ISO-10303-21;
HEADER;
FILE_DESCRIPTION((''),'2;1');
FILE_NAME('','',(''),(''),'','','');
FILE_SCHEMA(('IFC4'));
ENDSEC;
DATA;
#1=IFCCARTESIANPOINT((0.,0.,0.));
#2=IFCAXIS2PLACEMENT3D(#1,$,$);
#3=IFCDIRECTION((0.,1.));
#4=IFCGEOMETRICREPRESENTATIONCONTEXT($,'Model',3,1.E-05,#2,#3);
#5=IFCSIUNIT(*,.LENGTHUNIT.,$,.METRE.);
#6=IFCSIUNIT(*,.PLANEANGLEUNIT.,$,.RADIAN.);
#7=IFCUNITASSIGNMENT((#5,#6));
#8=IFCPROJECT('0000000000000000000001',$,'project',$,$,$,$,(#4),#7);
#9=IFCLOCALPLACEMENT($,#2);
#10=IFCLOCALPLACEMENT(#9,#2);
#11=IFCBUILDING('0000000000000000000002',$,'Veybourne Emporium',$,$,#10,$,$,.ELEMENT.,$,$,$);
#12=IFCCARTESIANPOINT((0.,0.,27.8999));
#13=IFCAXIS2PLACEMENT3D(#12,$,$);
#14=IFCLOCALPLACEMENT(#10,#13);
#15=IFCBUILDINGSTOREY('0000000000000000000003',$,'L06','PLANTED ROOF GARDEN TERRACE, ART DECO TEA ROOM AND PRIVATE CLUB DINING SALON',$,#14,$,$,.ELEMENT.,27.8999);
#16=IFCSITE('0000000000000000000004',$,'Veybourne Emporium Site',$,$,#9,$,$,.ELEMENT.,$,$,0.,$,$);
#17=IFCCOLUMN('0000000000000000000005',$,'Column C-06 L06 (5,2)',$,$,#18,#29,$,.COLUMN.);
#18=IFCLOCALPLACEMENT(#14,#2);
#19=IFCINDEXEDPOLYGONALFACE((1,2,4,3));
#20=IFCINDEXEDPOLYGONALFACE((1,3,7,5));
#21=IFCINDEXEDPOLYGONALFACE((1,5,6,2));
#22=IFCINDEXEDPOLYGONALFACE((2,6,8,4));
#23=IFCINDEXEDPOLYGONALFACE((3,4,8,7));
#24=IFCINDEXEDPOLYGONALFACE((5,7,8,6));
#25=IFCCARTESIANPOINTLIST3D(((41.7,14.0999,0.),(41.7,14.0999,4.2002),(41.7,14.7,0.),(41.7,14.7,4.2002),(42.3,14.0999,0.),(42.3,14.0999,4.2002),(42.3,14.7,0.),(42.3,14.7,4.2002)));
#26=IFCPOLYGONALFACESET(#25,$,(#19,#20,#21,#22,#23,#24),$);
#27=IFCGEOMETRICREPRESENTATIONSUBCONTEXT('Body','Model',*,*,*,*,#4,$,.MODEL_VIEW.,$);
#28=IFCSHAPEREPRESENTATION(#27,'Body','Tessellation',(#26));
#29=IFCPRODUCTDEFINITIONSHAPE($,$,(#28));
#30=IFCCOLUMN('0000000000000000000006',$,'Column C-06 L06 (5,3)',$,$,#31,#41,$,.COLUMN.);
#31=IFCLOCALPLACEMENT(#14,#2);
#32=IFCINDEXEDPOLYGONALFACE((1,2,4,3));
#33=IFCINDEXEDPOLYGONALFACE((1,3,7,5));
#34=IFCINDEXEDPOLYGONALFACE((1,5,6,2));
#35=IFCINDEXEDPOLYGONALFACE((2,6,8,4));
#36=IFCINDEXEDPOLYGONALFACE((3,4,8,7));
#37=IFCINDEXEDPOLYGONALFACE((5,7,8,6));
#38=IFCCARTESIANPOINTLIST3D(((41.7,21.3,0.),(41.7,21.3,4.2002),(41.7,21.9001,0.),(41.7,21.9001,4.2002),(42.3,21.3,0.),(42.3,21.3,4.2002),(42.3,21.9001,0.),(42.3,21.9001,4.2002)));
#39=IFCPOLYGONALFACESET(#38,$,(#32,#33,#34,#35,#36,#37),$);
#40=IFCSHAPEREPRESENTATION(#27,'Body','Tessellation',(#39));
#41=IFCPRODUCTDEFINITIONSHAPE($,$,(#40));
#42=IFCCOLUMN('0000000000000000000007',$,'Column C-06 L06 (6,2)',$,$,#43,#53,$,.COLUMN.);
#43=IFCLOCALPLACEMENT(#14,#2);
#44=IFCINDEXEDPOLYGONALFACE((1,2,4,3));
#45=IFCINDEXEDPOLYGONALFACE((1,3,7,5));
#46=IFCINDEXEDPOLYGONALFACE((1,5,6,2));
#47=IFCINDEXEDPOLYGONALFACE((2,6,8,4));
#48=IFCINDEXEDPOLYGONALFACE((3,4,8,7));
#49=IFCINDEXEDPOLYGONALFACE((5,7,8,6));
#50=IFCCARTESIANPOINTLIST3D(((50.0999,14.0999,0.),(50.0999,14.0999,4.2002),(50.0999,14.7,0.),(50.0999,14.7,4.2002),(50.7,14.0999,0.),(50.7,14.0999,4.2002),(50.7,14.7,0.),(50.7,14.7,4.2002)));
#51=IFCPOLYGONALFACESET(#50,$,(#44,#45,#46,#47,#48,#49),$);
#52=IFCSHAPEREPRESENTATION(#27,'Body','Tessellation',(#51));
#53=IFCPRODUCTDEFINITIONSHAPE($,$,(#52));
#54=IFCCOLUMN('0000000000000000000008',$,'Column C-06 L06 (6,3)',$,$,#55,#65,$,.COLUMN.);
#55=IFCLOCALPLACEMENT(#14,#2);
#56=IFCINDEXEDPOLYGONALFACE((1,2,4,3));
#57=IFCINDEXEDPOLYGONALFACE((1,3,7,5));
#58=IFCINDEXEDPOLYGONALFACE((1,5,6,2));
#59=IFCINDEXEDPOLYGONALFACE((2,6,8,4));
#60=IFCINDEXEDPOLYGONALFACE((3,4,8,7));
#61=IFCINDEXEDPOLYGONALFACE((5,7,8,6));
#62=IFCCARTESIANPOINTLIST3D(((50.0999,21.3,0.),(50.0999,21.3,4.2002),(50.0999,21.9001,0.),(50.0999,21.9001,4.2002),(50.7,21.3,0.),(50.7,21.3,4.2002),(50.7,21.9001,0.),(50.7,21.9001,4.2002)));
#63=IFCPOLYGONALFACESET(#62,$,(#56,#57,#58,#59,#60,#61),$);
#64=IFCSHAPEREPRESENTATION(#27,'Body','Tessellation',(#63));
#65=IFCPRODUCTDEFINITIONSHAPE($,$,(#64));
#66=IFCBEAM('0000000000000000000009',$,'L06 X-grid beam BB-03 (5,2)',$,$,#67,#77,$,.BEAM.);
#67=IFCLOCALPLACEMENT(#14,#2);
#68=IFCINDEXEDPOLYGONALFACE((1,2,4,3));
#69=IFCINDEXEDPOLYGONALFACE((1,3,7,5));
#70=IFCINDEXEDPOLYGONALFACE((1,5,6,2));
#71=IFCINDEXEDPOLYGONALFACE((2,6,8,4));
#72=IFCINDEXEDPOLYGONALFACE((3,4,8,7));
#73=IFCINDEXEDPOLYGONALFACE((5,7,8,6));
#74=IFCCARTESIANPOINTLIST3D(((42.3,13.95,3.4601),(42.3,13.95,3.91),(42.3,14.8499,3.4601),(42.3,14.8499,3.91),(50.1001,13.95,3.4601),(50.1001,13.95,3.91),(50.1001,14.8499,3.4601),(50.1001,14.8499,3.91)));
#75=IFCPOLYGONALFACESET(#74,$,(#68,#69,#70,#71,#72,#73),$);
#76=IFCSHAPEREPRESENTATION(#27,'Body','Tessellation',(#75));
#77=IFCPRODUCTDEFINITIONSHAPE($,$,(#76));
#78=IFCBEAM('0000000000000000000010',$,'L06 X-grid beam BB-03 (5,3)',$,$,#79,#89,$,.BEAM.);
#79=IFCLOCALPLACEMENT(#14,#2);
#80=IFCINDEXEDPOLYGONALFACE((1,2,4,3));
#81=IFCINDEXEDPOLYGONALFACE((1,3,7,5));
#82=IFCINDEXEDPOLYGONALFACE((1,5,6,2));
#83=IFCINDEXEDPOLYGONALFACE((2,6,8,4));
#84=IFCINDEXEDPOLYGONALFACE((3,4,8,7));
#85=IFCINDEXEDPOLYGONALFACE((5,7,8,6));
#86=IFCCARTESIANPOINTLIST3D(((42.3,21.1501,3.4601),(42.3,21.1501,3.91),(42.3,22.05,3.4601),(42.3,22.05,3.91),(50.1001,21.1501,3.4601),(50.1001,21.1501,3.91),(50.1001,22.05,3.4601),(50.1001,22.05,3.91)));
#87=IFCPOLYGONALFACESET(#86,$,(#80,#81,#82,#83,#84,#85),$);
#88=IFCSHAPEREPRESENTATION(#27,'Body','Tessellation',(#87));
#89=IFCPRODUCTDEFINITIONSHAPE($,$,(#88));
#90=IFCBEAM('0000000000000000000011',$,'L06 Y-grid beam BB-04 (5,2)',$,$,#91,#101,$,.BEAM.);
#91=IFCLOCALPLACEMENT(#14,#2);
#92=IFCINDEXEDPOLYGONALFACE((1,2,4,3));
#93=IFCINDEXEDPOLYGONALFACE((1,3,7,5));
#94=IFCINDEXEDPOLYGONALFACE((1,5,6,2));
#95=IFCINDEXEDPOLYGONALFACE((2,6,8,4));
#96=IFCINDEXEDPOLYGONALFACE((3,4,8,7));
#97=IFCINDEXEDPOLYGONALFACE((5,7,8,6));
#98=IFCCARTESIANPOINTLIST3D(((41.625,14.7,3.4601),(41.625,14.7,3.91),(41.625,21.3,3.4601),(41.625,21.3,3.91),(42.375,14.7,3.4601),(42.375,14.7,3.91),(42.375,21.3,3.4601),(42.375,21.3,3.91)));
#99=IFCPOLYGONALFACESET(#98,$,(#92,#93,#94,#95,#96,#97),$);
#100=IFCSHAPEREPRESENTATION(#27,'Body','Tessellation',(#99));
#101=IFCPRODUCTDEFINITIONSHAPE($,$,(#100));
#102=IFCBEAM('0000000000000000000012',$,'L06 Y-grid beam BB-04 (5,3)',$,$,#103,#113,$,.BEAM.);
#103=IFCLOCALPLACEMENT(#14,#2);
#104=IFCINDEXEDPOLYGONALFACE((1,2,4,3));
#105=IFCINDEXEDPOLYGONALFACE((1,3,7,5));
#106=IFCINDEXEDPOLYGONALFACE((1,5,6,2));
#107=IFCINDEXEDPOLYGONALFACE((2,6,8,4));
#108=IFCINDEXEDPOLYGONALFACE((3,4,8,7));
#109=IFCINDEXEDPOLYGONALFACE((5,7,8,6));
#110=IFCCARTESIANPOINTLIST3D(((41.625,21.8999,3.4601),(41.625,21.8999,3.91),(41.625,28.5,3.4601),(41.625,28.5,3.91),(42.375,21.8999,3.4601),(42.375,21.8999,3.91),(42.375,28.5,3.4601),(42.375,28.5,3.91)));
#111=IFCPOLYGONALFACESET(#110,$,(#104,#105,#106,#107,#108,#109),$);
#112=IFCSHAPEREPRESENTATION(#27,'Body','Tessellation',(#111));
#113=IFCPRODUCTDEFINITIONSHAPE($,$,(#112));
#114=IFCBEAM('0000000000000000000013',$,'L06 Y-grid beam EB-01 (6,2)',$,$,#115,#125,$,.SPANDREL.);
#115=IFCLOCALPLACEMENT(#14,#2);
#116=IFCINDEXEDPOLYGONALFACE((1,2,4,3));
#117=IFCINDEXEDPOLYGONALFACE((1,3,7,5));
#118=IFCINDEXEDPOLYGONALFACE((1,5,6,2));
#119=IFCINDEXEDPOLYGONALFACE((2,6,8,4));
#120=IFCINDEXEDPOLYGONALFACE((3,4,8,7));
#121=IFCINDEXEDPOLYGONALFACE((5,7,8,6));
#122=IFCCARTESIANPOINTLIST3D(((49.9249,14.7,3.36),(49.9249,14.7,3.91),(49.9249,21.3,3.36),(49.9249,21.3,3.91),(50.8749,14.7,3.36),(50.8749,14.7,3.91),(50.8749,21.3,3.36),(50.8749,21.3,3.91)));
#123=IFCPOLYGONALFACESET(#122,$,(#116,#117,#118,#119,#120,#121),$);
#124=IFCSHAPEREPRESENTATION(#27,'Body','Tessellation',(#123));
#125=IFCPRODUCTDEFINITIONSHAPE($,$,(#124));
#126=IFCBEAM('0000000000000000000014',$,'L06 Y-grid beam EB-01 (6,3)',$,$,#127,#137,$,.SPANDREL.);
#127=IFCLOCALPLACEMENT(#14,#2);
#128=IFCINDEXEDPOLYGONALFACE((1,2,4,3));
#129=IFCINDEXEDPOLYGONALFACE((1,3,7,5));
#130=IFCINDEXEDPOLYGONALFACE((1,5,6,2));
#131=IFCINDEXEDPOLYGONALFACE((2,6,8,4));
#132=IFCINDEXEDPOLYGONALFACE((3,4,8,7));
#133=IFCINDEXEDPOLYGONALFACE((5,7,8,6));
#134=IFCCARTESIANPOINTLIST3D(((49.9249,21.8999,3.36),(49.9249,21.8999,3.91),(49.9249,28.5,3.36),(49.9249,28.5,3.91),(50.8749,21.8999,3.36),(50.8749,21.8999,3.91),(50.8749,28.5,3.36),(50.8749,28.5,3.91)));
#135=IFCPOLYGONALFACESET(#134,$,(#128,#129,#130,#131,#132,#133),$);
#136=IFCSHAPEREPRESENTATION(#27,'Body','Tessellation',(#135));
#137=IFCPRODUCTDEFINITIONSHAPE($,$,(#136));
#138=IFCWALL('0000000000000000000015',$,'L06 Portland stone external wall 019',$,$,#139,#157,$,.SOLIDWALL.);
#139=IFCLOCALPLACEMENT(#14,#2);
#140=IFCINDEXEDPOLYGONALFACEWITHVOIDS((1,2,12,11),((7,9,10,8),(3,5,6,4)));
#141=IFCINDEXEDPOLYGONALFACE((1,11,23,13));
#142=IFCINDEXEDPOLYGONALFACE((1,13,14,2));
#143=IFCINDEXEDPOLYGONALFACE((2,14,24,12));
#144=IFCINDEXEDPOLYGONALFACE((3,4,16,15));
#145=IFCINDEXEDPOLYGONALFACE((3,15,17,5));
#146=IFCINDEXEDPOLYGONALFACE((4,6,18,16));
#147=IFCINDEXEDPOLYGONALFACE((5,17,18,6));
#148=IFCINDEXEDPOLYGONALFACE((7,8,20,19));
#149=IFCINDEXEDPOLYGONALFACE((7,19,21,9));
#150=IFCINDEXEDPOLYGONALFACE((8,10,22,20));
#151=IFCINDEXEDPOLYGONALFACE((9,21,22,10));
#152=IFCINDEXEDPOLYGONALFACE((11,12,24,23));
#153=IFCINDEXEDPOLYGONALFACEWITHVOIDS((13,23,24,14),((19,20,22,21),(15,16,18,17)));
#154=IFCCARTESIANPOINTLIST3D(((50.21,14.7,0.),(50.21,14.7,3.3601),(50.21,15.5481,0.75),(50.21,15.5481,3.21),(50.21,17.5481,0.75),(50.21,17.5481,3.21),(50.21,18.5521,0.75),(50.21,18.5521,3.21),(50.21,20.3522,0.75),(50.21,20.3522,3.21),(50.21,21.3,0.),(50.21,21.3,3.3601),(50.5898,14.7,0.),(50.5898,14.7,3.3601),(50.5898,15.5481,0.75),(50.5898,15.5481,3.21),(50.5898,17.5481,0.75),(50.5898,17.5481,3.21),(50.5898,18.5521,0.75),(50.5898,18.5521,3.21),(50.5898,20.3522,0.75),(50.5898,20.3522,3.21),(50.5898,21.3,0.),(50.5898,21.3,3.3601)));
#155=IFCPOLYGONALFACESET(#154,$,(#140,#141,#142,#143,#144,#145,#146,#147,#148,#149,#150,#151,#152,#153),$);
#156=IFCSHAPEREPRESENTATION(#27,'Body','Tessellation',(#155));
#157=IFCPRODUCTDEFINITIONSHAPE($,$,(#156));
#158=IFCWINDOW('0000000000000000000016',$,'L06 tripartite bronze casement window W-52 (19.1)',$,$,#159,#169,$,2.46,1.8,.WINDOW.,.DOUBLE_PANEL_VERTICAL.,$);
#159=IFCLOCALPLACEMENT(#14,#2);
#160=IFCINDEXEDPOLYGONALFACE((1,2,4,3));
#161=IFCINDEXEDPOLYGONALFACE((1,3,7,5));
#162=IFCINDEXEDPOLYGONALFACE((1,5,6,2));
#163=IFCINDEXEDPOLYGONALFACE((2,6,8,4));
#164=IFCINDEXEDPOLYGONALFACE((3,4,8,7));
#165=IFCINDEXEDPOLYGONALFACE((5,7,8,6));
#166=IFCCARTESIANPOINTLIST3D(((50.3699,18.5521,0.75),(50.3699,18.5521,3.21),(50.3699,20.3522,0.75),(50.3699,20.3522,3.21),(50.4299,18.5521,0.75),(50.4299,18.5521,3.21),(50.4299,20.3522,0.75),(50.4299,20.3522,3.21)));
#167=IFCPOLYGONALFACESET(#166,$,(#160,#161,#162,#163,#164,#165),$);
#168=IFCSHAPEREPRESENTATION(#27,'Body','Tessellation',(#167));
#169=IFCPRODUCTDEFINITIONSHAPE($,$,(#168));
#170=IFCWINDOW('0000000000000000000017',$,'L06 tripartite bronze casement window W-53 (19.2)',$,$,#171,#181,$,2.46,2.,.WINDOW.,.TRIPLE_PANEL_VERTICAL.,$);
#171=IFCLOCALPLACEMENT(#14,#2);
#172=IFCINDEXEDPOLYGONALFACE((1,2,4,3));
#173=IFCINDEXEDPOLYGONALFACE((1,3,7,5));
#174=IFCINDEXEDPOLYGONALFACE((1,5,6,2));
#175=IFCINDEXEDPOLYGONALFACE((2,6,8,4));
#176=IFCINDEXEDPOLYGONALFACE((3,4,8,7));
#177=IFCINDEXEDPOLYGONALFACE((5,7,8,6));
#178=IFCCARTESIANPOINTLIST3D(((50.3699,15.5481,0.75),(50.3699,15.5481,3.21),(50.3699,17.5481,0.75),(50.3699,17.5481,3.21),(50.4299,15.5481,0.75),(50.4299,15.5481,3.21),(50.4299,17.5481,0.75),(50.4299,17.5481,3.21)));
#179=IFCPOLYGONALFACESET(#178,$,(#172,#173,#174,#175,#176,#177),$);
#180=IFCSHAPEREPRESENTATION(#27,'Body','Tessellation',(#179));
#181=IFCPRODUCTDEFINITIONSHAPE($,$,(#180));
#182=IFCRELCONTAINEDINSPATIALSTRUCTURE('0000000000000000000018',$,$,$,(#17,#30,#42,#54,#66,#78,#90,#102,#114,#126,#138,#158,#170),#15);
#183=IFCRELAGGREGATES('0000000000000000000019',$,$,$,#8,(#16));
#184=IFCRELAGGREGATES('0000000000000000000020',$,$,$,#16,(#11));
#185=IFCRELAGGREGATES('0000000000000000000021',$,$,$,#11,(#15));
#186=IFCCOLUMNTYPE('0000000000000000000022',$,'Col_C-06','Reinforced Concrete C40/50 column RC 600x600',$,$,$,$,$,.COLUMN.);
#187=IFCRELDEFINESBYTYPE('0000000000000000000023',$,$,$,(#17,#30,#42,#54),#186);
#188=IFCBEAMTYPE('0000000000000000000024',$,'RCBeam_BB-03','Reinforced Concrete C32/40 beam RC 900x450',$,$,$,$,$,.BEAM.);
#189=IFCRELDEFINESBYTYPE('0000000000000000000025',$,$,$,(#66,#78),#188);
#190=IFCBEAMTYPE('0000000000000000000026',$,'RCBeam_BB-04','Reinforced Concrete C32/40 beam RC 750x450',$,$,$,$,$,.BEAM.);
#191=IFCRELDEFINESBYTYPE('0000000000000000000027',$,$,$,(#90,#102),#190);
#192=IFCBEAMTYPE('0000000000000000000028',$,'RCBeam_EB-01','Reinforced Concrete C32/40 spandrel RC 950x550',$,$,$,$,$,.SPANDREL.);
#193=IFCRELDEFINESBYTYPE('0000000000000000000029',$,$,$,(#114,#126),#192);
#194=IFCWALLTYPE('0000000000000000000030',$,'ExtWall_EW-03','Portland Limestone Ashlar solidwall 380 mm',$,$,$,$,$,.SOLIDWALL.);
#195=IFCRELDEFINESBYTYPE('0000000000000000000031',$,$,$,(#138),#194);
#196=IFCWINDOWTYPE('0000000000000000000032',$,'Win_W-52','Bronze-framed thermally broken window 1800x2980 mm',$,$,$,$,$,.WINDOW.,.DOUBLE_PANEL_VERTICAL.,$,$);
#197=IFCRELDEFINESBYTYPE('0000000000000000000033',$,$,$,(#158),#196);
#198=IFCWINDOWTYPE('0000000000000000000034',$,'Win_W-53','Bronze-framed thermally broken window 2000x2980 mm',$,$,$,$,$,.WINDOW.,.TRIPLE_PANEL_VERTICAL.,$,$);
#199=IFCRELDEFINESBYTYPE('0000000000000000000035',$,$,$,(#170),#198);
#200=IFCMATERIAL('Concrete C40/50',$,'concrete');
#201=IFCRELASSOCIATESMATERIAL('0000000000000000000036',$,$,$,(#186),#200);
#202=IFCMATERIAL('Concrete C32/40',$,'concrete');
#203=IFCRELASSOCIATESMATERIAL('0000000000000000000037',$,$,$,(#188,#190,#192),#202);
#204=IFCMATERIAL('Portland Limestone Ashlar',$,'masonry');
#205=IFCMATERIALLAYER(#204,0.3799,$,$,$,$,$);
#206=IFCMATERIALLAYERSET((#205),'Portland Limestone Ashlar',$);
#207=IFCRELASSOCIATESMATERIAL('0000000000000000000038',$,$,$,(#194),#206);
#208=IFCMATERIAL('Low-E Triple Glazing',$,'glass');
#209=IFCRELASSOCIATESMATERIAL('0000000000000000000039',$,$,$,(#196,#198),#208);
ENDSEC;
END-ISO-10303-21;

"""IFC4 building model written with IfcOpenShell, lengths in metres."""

from ifc_helpers import new_model, si_unit, direction, frame, frame_2d, origin, origin_2d, place, context, subcontext, project, spatial, rectangle, extrude, material, layer, layer_set, material_profile, profile_set, type_object, element, fill, save


model = new_model("IFC4")

# Units and contexts
model_context = context("Model", 3, precision=1e-05, world=origin(), true_north=direction((0.0, 1.0)))
body_context = subcontext(model_context, "Body", "Model", "MODEL_VIEW")
ifc_project = project(units=[si_unit("LENGTHUNIT", "METRE"), si_unit("PLANEANGLEUNIT", "RADIAN")], contexts=[model_context])

# Site, building, storey
site_placement = place(None, origin())
site = spatial("IfcSite", under=ifc_project, at=site_placement, Name="Veybourne Emporium Site", CompositionType="ELEMENT", RefElevation=0.0)
building_placement = place(site_placement, origin())
building = spatial("IfcBuilding", under=site, at=building_placement, Name="Veybourne Emporium", CompositionType="ELEMENT")
storey_placement = place(building_placement, frame((0.0, 0.0, 27.8999)))
storey = spatial("IfcBuildingStorey", under=building, at=storey_placement, Name="L06", Description="PLANTED ROOF GARDEN TERRACE, ART DECO TEA ROOM AND PRIVATE CLUB DINING SALON", CompositionType="ELEMENT", Elevation=27.8999)

# Columns
ifc_material_1 = material(Name="Concrete C40/50", Category="concrete")
ifc_material_profile_1 = material_profile(ifc_material_1, rectangle(XDim=0.6001, YDim=0.6001, at=origin_2d()), Name="RC 600x600")
ifc_profile_set_1 = profile_set([ifc_material_profile_1], Name="Concrete C40/50")
column_type = type_object("IfcColumnType", Name="Col_C-06", Description="Reinforced Concrete C40/50 column RC 600x600", PredefinedType="COLUMN", material=ifc_profile_set_1)
for number, where, z_axis, x_axis, name in (
    (1, (42.0, 14.3999, 0.0), (0.0, 0.0, 1.0), (1.0, 0.0, 0.0), "Column C-06 L06 (5,2)"),
    (2, (42.0, 21.6001, 0.0), (0.0, 0.0, 1.0), (1.0, 0.0, 0.0), "Column C-06 L06 (5,3)"),
    (3, (50.3999, 14.3999, 0.0), (0.0, 0.0, 1.0), (1.0, 0.0, 0.0), "Column C-06 L06 (6,2)"),
    (4, (50.3999, 21.6001, 0.0), (0.0, 0.0, 1.0), (1.0, 0.0, 0.0), "Column C-06 L06 (6,3)"),
):
    element("IfcColumn", number, at=place(storey_placement, frame(where, z_axis=z_axis, x_axis=x_axis)), inside=storey, type_object=column_type, Name=name, PredefinedType="COLUMN", context=body_context, shape_type="SweptSolid", body=[
        extrude(rectangle(XDim=0.6001, YDim=0.6001, at=origin_2d()), origin(), (0.0, 0.0, 1.0), 4.2002),
    ])

# Beams
ifc_material_2 = material(Name="Concrete C32/40", Category="concrete")
ifc_material_profile_2 = material_profile(ifc_material_2, rectangle(XDim=0.8999, YDim=0.45, at=origin_2d()), Name="RC 900x450")
ifc_profile_set_2 = profile_set([ifc_material_profile_2], Name="Concrete C32/40")
beam_type_1 = type_object("IfcBeamType", Name="RCBeam_BB-03", Description="Reinforced Concrete C32/40 beam RC 900x450", PredefinedType="BEAM", material=ifc_profile_set_2)
for number, where, z_axis, x_axis, name in (
    (5, (42.3, 14.3999, 3.6851), (1.0, 0.0, 0.0), (0.0, 1.0, 0.0), "L06 X-grid beam BB-03 (5,2)"),
    (6, (42.3, 21.6001, 3.6851), (1.0, 0.0, 0.0), (0.0, 1.0, 0.0), "L06 X-grid beam BB-03 (5,3)"),
):
    element("IfcBeam", number, at=place(storey_placement, frame(where, z_axis=z_axis, x_axis=x_axis)), inside=storey, type_object=beam_type_1, Name=name, PredefinedType="BEAM", context=body_context, shape_type="SweptSolid", body=[
        extrude(rectangle(XDim=0.8999, YDim=0.45, at=origin_2d()), origin(), (0.0, 0.0, 1.0), 7.8),
    ])
ifc_material_profile_3 = material_profile(ifc_material_2, rectangle(XDim=0.75, YDim=0.45, at=origin_2d()), Name="RC 750x450")
ifc_profile_set_3 = profile_set([ifc_material_profile_3], Name="Concrete C32/40")
beam_type_2 = type_object("IfcBeamType", Name="RCBeam_BB-04", Description="Reinforced Concrete C32/40 beam RC 750x450", PredefinedType="BEAM", material=ifc_profile_set_3)
for number, where, z_axis, x_axis, name in (
    (7, (42.0, 14.7, 3.6851), (0.0, 1.0, 0.0), (-1.0, 0.0, 0.0), "L06 Y-grid beam BB-04 (5,2)"),
    (8, (42.0, 21.8999, 3.6851), (0.0, 1.0, 0.0), (-1.0, 0.0, 0.0), "L06 Y-grid beam BB-04 (5,3)"),
):
    element("IfcBeam", number, at=place(storey_placement, frame(where, z_axis=z_axis, x_axis=x_axis)), inside=storey, type_object=beam_type_2, Name=name, PredefinedType="BEAM", context=body_context, shape_type="SweptSolid", body=[
        extrude(rectangle(XDim=0.75, YDim=0.45, at=origin_2d()), origin(), (0.0, 0.0, 1.0), 6.6001),
    ])
ifc_material_profile_4 = material_profile(ifc_material_2, rectangle(XDim=0.95, YDim=0.55, at=origin_2d()), Name="RC 950x550")
ifc_profile_set_4 = profile_set([ifc_material_profile_4], Name="Concrete C32/40")
beam_type_3 = type_object("IfcBeamType", Name="RCBeam_EB-01", Description="Reinforced Concrete C32/40 spandrel RC 950x550", PredefinedType="SPANDREL", material=ifc_profile_set_4)
for number, where, z_axis, x_axis, name in (
    (9, (50.3999, 14.7, 3.635), (0.0, 1.0, 0.0), (-1.0, 0.0, 0.0), "L06 Y-grid beam EB-01 (6,2)"),
    (10, (50.3999, 21.8999, 3.635), (0.0, 1.0, 0.0), (-1.0, 0.0, 0.0), "L06 Y-grid beam EB-01 (6,3)"),
):
    element("IfcBeam", number, at=place(storey_placement, frame(where, z_axis=z_axis, x_axis=x_axis)), inside=storey, type_object=beam_type_3, Name=name, PredefinedType="SPANDREL", context=body_context, shape_type="SweptSolid", body=[
        extrude(rectangle(XDim=0.95, YDim=0.55, at=origin_2d()), origin(), (0.0, 0.0, 1.0), 6.6001),
    ])

# Wall, openings, windows
ifc_material_3 = material(Name="Portland Limestone Ashlar", Category="masonry")
ifc_layer_1 = layer(ifc_material_3, 0.3799)
ifc_layer_set_1 = layer_set([ifc_layer_1], Name="Portland Limestone Ashlar")
wall_type = type_object("IfcWallType", Name="ExtWall_EW-03", Description="Portland Limestone Ashlar solidwall 380 mm", PredefinedType="SOLIDWALL", material=ifc_layer_set_1)
wall_placement = place(storey_placement, frame((50.3999, 21.3, 0.0), z_axis=(0.0, 0.0, 1.0), x_axis=(0.0, -1.0, 0.0)))
wall = element("IfcWall", 11, at=wall_placement, inside=storey, type_object=wall_type, Name="L06 Portland stone external wall 019", PredefinedType="SOLIDWALL", context=body_context, shape_type="SweptSolid", body=[
    extrude(rectangle(XDim=6.6001, YDim=0.3799, at=frame_2d((3.3, 0.0))), origin(), (0.0, 0.0, 1.0), 3.3601),
])
opening_1_placement = place(wall_placement, frame((0.948, 0.0, 0.75)))
opening_1 = element("IfcOpeningElement", 12, at=opening_1_placement, cuts=wall, PredefinedType="OPENING", context=body_context, shape_type="SweptSolid", body=[
    extrude(rectangle(XDim=1.8, YDim=2.46, at=frame_2d((0.8999, 1.23))), frame((0.0, 0.21, 0.0), z_axis=(0.0, -1.0, 0.0), x_axis=(1.0, 0.0, 0.0)), (0.0, 0.0, 1.0), 0.4199),
])
opening_2_placement = place(wall_placement, frame((3.752, 0.0, 0.75)))
opening_2 = element("IfcOpeningElement", 13, at=opening_2_placement, cuts=wall, PredefinedType="OPENING", context=body_context, shape_type="SweptSolid", body=[
    extrude(rectangle(XDim=2.0, YDim=2.46, at=frame_2d((1.0, 1.23))), frame((0.0, 0.21, 0.0), z_axis=(0.0, -1.0, 0.0), x_axis=(1.0, 0.0, 0.0)), (0.0, 0.0, 1.0), 0.4199),
])
ifc_material_4 = material(Name="Low-E Triple Glazing", Category="glass")
window_type_1 = type_object("IfcWindowType", Name="Win_W-52", Description="Bronze-framed thermally broken window 1800x2980 mm", PartitioningType="DOUBLE_PANEL_VERTICAL", PredefinedType="WINDOW", material=ifc_material_4)
window_1_placement = place(opening_1_placement, origin())
window_1 = element("IfcWindow", 14, at=window_1_placement, inside=storey, type_object=window_type_1, Name="L06 tripartite bronze casement window W-52 (19.1)", OverallHeight=2.46, OverallWidth=1.8, PartitioningType="DOUBLE_PANEL_VERTICAL", PredefinedType="WINDOW", context=body_context, shape_type="SweptSolid", body=[
    extrude(rectangle(XDim=1.8, YDim=2.46, at=frame_2d((0.8999, 1.23))), frame((0.0, 0.03, 0.0), z_axis=(0.0, -1.0, 0.0), x_axis=(1.0, 0.0, 0.0)), (0.0, 0.0, 1.0), 0.0601),
])
fill(opening_1, window_1)
window_type_2 = type_object("IfcWindowType", Name="Win_W-53", Description="Bronze-framed thermally broken window 2000x2980 mm", PartitioningType="TRIPLE_PANEL_VERTICAL", PredefinedType="WINDOW", material=ifc_material_4)
window_2_placement = place(opening_2_placement, origin())
window_2 = element("IfcWindow", 15, at=window_2_placement, inside=storey, type_object=window_type_2, Name="L06 tripartite bronze casement window W-53 (19.2)", OverallHeight=2.46, OverallWidth=2.0, PartitioningType="TRIPLE_PANEL_VERTICAL", PredefinedType="WINDOW", context=body_context, shape_type="SweptSolid", body=[
    extrude(rectangle(XDim=2.0, YDim=2.46, at=frame_2d((1.0, 1.23))), frame((0.0, 0.03, 0.0), z_axis=(0.0, -1.0, 0.0), x_axis=(1.0, 0.0, 0.0)), (0.0, 0.0, 1.0), 0.0601),
])
fill(opening_2, window_2)

save(model, "model.ifc")
